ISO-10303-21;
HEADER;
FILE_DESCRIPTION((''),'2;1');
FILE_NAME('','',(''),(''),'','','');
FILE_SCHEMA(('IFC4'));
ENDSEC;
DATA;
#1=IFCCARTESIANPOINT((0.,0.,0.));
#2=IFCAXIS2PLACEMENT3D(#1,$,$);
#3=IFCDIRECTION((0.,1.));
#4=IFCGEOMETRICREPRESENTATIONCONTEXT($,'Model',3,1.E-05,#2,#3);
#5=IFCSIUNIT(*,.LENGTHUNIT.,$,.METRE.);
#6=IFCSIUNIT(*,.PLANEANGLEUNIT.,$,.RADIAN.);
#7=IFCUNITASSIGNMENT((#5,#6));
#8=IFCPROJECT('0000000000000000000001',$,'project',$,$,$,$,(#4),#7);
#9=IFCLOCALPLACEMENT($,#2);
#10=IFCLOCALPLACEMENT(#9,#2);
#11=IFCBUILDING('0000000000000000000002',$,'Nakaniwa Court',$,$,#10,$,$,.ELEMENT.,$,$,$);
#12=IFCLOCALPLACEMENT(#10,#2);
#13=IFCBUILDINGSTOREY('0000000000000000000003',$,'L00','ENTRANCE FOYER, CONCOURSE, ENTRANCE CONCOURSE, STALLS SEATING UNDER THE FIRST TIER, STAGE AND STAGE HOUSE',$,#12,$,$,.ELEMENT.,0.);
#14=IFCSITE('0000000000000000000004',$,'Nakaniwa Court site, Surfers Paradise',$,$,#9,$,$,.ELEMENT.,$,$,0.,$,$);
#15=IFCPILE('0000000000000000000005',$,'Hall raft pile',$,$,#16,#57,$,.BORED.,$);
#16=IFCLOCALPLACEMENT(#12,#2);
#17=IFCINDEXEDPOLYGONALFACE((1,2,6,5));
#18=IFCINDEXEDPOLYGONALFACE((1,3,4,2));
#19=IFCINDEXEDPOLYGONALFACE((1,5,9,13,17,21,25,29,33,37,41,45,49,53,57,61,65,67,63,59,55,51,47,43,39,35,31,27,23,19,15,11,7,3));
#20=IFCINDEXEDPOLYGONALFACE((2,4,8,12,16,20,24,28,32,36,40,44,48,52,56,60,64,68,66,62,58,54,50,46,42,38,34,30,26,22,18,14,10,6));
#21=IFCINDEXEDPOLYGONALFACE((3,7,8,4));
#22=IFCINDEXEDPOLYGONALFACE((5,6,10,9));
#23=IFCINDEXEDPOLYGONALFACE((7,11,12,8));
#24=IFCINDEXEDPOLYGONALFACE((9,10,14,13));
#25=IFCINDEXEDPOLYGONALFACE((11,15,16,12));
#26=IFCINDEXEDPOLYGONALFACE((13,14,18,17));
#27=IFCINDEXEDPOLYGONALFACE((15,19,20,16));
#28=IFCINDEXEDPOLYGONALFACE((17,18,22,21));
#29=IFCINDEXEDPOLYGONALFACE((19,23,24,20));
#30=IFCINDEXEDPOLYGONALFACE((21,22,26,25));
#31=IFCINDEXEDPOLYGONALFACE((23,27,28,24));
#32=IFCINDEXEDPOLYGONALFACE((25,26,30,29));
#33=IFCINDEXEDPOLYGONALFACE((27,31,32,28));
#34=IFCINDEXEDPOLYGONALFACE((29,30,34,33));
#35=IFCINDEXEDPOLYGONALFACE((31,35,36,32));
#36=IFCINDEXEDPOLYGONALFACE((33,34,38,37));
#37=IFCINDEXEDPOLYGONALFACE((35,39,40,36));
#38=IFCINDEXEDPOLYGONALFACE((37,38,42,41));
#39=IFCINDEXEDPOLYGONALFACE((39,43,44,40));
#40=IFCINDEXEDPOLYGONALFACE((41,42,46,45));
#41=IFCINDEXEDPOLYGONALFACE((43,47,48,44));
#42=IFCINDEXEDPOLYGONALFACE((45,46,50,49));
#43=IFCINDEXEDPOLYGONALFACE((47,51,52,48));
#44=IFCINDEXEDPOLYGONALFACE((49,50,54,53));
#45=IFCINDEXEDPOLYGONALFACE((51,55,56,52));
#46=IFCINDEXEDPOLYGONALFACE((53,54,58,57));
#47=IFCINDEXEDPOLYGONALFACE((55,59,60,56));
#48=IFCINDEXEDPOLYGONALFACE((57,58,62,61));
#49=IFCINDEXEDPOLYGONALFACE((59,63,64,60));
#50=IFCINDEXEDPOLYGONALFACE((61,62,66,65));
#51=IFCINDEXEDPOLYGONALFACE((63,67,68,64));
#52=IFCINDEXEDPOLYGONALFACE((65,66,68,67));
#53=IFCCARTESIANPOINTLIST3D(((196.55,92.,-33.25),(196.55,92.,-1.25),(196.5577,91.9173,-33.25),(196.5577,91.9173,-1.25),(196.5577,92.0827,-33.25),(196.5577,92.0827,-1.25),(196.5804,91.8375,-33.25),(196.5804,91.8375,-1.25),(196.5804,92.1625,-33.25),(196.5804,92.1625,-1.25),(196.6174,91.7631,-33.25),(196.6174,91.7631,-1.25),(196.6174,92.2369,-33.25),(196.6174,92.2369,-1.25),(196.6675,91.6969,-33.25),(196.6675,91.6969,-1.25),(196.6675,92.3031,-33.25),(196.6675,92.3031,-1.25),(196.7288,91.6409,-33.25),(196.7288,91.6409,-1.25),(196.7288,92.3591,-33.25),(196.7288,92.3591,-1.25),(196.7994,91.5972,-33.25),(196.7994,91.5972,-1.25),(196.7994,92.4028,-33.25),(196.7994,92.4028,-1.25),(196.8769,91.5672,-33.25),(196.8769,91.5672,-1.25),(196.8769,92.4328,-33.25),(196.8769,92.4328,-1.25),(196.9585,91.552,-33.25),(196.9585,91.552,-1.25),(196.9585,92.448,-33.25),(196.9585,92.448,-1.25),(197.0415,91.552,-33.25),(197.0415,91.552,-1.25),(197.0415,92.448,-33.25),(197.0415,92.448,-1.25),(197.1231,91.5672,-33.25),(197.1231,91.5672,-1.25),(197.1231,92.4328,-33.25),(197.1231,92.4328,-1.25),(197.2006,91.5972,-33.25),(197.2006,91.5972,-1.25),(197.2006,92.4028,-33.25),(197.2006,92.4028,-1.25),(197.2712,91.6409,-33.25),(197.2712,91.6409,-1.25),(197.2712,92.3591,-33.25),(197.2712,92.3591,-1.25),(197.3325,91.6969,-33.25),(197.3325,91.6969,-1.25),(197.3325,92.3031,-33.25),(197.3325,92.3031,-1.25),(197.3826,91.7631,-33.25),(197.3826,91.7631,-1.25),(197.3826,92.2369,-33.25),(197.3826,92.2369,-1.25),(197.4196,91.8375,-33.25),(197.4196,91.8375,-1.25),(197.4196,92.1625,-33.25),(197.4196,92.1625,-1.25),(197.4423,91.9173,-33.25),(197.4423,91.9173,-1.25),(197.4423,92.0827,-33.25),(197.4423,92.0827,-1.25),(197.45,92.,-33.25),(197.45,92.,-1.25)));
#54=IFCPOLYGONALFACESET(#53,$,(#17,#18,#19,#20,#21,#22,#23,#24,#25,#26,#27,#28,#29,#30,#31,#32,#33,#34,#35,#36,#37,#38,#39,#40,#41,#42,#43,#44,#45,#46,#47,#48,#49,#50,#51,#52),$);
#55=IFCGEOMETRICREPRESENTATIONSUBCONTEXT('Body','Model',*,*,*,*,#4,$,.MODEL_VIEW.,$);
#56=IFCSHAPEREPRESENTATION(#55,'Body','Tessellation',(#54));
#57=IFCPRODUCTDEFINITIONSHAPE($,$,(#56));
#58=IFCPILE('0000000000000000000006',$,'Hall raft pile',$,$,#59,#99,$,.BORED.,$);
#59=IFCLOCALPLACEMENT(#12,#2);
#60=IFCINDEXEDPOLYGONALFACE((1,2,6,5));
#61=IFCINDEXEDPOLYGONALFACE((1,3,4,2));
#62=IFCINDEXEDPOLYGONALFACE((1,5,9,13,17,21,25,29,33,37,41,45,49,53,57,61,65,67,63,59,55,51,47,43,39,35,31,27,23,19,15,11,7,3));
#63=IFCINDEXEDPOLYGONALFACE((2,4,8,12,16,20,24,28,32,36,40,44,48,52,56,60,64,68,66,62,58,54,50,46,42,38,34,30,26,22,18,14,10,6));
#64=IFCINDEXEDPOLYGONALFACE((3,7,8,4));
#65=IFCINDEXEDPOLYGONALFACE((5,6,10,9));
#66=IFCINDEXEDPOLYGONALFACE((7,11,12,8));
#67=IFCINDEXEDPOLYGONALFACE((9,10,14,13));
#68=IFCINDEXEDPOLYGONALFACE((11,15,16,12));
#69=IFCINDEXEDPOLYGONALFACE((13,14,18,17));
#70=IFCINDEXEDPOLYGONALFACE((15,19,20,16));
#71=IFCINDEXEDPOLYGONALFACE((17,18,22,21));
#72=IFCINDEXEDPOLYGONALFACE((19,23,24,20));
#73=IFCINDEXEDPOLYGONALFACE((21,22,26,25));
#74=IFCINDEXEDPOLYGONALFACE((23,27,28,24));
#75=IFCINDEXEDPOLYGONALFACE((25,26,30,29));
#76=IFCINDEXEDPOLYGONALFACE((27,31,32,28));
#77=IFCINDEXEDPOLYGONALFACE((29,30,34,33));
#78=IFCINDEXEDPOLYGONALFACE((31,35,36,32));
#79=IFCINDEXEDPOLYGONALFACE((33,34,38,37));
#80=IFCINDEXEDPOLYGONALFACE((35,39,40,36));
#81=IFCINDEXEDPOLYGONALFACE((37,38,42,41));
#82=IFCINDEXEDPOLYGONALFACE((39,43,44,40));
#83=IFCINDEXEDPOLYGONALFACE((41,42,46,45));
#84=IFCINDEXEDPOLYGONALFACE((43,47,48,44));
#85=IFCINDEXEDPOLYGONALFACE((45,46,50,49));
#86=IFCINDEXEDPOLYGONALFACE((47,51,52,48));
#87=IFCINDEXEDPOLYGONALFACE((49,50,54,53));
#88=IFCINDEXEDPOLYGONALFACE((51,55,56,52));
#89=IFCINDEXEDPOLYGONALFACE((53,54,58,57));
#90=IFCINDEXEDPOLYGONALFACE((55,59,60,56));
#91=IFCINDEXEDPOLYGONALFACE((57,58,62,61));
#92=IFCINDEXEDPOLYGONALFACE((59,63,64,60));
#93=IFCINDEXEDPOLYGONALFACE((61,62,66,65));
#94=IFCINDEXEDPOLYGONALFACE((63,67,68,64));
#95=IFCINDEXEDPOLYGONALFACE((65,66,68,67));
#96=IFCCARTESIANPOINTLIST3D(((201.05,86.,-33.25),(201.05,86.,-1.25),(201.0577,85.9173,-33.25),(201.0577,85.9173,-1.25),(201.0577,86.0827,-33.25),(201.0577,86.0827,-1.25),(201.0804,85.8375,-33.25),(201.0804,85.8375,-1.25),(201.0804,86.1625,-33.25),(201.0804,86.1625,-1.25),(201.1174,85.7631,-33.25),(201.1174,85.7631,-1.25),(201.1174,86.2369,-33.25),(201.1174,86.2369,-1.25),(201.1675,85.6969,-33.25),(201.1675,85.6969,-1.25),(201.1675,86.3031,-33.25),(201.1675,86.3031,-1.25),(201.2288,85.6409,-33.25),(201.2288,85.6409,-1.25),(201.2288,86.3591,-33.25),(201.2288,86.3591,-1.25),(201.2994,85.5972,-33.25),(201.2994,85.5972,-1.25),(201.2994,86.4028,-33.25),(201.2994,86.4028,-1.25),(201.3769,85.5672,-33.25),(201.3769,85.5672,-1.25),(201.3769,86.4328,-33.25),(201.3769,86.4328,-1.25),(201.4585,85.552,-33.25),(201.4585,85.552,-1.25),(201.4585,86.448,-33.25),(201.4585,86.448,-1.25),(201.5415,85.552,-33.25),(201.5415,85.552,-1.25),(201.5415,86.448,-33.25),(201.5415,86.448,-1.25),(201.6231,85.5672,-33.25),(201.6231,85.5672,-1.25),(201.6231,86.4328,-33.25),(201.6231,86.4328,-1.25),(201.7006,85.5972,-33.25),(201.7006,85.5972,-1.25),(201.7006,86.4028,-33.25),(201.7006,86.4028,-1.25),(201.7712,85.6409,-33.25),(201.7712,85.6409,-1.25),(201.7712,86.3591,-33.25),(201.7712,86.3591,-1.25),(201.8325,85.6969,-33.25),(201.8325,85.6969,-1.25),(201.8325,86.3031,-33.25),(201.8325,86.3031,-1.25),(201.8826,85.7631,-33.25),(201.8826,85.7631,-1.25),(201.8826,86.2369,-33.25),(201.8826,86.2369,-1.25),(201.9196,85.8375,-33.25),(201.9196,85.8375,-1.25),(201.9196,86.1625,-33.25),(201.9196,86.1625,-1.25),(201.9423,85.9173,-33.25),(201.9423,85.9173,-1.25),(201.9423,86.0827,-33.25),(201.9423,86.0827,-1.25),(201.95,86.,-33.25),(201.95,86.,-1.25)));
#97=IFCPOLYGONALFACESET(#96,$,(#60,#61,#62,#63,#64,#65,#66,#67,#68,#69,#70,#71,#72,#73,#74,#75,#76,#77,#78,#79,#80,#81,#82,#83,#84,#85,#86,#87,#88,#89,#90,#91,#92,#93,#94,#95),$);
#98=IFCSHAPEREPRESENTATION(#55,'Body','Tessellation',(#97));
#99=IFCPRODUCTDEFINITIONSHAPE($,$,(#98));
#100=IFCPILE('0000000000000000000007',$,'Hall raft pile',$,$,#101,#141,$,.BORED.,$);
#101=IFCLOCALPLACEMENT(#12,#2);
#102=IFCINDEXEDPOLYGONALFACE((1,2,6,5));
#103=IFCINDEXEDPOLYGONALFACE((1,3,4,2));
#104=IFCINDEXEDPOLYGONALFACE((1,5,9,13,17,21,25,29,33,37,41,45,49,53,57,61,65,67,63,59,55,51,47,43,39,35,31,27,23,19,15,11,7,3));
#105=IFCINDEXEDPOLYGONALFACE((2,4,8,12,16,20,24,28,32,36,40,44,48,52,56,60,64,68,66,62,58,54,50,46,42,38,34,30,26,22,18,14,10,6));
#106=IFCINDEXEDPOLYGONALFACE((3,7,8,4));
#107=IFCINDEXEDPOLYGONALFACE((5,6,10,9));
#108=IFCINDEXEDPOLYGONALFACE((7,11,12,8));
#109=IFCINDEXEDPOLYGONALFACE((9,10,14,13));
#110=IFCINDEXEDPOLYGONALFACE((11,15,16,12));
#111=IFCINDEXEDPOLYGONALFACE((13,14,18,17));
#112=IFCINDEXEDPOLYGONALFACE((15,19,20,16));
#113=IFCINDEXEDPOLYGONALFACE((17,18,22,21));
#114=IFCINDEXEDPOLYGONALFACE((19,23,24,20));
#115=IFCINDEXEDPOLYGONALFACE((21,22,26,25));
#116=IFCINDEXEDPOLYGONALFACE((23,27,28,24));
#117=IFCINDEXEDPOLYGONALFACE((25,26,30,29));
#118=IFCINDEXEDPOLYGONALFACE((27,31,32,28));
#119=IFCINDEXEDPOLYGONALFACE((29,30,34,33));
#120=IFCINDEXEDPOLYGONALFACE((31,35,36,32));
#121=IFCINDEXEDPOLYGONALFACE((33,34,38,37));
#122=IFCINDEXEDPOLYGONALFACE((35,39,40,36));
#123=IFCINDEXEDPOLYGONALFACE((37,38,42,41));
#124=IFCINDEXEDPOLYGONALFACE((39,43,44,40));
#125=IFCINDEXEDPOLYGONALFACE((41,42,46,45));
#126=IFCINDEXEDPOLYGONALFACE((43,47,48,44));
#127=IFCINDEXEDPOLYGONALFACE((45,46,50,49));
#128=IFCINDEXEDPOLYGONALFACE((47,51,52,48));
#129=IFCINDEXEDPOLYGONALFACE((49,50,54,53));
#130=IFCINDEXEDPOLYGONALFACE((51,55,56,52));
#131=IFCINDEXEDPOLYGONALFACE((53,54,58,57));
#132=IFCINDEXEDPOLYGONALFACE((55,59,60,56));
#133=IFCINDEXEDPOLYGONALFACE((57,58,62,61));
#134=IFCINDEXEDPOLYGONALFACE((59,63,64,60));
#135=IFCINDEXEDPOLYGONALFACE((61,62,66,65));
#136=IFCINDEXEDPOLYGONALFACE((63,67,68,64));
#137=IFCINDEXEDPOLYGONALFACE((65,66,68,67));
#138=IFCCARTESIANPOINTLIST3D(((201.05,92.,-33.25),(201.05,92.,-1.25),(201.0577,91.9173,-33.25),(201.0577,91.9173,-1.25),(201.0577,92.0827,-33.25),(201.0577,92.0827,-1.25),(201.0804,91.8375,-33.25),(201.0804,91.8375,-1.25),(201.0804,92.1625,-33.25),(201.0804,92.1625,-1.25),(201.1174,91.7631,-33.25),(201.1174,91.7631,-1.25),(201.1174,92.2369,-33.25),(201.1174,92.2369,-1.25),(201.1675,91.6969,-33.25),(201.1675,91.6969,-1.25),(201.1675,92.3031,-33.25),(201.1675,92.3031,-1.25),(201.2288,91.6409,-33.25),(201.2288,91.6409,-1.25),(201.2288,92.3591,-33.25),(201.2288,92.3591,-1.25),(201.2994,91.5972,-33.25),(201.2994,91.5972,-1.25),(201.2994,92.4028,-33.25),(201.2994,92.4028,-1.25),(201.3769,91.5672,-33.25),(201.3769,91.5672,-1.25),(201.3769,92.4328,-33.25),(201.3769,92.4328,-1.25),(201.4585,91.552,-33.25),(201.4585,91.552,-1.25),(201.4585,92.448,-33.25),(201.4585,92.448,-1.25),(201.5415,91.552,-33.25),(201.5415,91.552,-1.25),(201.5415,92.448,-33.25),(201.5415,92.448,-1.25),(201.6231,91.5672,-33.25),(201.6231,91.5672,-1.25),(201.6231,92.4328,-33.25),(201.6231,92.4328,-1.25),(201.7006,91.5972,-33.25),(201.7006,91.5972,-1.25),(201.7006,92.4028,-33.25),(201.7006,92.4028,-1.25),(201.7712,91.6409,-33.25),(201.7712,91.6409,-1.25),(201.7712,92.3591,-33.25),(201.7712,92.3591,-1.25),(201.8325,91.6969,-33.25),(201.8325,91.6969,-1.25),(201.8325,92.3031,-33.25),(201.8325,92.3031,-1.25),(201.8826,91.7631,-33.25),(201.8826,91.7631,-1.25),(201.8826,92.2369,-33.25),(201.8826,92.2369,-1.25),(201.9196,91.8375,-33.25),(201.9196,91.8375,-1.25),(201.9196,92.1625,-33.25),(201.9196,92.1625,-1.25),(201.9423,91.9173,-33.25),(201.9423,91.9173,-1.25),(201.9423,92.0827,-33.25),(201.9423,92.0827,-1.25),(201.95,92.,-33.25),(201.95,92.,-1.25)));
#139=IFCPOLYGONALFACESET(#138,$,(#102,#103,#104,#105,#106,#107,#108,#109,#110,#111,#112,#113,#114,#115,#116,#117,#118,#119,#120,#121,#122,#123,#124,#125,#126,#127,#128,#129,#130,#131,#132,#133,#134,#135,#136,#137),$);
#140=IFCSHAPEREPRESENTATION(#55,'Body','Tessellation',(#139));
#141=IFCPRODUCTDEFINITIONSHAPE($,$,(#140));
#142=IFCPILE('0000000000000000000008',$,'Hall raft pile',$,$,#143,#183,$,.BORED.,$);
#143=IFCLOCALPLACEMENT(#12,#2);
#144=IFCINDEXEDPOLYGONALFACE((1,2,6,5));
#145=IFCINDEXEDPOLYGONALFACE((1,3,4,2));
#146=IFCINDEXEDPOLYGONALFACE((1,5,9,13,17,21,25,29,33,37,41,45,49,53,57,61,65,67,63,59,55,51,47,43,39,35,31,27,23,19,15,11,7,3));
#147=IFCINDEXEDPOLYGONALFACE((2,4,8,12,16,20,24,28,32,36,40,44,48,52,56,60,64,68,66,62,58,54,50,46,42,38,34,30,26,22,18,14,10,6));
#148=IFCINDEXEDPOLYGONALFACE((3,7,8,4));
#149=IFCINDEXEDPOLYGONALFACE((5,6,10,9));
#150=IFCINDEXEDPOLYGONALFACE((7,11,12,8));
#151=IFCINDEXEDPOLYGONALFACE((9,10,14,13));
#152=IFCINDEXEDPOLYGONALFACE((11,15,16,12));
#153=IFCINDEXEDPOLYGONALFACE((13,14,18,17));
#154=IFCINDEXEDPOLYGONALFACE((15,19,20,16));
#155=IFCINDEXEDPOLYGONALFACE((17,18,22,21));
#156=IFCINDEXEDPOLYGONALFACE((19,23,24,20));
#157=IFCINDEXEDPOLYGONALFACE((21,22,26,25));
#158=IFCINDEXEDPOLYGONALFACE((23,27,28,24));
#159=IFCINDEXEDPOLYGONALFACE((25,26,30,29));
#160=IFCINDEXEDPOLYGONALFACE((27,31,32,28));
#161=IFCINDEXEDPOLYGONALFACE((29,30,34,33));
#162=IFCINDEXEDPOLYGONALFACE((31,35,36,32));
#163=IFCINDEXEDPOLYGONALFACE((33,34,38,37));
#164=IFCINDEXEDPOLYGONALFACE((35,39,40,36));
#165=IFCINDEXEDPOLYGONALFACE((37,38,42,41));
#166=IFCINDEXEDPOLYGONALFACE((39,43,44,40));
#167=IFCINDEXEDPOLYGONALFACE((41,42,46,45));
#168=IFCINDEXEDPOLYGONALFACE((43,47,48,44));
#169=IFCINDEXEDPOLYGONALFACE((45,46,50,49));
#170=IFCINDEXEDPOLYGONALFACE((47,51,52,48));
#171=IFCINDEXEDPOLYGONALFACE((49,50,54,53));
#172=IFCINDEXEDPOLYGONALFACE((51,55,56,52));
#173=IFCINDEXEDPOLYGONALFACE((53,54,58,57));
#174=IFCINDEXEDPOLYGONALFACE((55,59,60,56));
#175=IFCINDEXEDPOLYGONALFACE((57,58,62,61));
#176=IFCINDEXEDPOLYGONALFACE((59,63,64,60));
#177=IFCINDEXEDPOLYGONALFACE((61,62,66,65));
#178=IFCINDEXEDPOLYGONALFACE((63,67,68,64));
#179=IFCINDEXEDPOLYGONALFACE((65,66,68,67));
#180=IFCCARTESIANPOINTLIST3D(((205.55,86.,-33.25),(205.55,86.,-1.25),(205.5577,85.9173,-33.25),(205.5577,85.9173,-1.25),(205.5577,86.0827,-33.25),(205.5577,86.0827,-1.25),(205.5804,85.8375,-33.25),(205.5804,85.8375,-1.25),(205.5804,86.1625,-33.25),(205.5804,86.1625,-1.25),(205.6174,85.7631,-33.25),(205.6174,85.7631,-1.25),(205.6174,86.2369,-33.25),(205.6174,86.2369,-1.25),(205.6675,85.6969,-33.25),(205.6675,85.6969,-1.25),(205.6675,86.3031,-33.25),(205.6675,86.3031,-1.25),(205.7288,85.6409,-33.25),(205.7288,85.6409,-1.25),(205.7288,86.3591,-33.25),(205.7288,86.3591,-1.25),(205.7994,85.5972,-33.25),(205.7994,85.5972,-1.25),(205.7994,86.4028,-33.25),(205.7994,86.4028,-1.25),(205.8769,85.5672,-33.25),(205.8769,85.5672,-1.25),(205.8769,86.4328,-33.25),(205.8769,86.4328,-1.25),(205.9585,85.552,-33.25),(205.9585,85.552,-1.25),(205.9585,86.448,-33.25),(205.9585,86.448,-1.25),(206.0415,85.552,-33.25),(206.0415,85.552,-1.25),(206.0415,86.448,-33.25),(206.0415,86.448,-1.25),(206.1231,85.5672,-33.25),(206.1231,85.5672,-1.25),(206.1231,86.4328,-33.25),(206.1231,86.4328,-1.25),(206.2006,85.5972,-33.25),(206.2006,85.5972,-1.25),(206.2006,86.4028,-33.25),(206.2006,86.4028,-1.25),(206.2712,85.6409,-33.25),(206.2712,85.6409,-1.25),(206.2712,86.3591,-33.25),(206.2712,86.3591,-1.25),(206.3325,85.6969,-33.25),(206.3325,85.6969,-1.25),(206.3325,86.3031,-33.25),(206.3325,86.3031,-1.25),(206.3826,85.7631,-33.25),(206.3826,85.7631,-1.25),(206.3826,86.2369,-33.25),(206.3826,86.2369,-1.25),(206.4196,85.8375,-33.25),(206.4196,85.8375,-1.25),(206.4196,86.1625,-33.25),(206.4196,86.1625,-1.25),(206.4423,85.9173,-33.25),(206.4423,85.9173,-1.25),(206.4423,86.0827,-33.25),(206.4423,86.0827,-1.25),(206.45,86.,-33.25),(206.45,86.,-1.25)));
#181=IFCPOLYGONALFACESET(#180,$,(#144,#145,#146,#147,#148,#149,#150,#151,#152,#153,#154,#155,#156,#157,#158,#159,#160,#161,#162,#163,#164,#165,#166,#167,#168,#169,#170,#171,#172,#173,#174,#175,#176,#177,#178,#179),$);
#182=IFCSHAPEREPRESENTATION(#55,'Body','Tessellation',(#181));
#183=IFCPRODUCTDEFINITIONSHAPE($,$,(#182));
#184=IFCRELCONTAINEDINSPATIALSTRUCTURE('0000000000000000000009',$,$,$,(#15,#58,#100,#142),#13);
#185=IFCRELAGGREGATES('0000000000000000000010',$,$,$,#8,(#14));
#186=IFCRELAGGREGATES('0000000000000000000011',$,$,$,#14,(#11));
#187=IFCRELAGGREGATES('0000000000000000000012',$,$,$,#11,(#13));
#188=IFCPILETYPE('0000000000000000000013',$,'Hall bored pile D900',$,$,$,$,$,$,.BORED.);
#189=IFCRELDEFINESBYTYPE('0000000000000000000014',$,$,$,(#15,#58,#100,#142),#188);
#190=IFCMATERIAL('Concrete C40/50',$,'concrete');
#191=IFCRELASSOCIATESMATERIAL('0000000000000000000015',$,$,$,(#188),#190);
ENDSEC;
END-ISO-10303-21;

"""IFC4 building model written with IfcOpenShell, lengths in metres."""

from ifc_helpers import new_model, si_unit, direction, frame, origin, origin_2d, place, context, subcontext, project, spatial, circle, extrude, material, material_profile, profile_set, type_object, element, save


model = new_model("IFC4")

# Units and contexts
model_context = context("Model", 3, precision=1e-05, world=origin(), true_north=direction((0.0, 1.0)))
body_context = subcontext(model_context, "Body", "Model", "MODEL_VIEW")
ifc_project = project(units=[si_unit("LENGTHUNIT", "METRE"), si_unit("PLANEANGLEUNIT", "RADIAN")], contexts=[model_context])

# Site, building, storey
site_placement = place(None, origin())
site = spatial("IfcSite", under=ifc_project, at=site_placement, Name="Nakaniwa Court site, Surfers Paradise", CompositionType="ELEMENT", RefElevation=0.0)
building_placement = place(site_placement, origin())
building = spatial("IfcBuilding", under=site, at=building_placement, Name="Nakaniwa Court", CompositionType="ELEMENT")
storey_placement = place(building_placement, origin())
storey = spatial("IfcBuildingStorey", under=building, at=storey_placement, Name="L00", Description="ENTRANCE FOYER, CONCOURSE, ENTRANCE CONCOURSE, STALLS SEATING UNDER THE FIRST TIER, STAGE AND STAGE HOUSE", CompositionType="ELEMENT", Elevation=0.0)

# Piles
ifc_material_1 = material(Name="Concrete C40/50", Category="concrete")
ifc_material_profile_1 = material_profile(ifc_material_1, circle(Radius=0.45, at=origin_2d()), Name="Bored pile D900")
ifc_profile_set_1 = profile_set([ifc_material_profile_1], Name="Concrete C40/50")
pile_type = type_object("IfcPileType", Name="Hall bored pile D900", PredefinedType="BORED", material=ifc_profile_set_1)
for number, where, z_axis, x_axis, name in (
    (1, (197.0, 92.0, -1.25), (0.0, 0.0, -1.0), (1.0, 0.0, 0.0), "Hall raft pile"),
    (2, (201.5, 86.0, -1.25), (0.0, 0.0, -1.0), (1.0, 0.0, 0.0), "Hall raft pile"),
    (3, (201.5, 92.0, -1.25), (0.0, 0.0, -1.0), (1.0, 0.0, 0.0), "Hall raft pile"),
    (4, (206.0, 86.0, -1.25), (0.0, 0.0, -1.0), (1.0, 0.0, 0.0), "Hall raft pile"),
):
    element("IfcPile", number, at=place(storey_placement, frame(where, z_axis=z_axis, x_axis=x_axis)), inside=storey, type_object=pile_type, Name=name, PredefinedType="BORED", context=body_context, shape_type="SweptSolid", body=[
        extrude(circle(Radius=0.45, at=origin_2d()), origin(), (0.0, 0.0, 1.0), 32.0),
    ])

save(model, "model.ifc")
